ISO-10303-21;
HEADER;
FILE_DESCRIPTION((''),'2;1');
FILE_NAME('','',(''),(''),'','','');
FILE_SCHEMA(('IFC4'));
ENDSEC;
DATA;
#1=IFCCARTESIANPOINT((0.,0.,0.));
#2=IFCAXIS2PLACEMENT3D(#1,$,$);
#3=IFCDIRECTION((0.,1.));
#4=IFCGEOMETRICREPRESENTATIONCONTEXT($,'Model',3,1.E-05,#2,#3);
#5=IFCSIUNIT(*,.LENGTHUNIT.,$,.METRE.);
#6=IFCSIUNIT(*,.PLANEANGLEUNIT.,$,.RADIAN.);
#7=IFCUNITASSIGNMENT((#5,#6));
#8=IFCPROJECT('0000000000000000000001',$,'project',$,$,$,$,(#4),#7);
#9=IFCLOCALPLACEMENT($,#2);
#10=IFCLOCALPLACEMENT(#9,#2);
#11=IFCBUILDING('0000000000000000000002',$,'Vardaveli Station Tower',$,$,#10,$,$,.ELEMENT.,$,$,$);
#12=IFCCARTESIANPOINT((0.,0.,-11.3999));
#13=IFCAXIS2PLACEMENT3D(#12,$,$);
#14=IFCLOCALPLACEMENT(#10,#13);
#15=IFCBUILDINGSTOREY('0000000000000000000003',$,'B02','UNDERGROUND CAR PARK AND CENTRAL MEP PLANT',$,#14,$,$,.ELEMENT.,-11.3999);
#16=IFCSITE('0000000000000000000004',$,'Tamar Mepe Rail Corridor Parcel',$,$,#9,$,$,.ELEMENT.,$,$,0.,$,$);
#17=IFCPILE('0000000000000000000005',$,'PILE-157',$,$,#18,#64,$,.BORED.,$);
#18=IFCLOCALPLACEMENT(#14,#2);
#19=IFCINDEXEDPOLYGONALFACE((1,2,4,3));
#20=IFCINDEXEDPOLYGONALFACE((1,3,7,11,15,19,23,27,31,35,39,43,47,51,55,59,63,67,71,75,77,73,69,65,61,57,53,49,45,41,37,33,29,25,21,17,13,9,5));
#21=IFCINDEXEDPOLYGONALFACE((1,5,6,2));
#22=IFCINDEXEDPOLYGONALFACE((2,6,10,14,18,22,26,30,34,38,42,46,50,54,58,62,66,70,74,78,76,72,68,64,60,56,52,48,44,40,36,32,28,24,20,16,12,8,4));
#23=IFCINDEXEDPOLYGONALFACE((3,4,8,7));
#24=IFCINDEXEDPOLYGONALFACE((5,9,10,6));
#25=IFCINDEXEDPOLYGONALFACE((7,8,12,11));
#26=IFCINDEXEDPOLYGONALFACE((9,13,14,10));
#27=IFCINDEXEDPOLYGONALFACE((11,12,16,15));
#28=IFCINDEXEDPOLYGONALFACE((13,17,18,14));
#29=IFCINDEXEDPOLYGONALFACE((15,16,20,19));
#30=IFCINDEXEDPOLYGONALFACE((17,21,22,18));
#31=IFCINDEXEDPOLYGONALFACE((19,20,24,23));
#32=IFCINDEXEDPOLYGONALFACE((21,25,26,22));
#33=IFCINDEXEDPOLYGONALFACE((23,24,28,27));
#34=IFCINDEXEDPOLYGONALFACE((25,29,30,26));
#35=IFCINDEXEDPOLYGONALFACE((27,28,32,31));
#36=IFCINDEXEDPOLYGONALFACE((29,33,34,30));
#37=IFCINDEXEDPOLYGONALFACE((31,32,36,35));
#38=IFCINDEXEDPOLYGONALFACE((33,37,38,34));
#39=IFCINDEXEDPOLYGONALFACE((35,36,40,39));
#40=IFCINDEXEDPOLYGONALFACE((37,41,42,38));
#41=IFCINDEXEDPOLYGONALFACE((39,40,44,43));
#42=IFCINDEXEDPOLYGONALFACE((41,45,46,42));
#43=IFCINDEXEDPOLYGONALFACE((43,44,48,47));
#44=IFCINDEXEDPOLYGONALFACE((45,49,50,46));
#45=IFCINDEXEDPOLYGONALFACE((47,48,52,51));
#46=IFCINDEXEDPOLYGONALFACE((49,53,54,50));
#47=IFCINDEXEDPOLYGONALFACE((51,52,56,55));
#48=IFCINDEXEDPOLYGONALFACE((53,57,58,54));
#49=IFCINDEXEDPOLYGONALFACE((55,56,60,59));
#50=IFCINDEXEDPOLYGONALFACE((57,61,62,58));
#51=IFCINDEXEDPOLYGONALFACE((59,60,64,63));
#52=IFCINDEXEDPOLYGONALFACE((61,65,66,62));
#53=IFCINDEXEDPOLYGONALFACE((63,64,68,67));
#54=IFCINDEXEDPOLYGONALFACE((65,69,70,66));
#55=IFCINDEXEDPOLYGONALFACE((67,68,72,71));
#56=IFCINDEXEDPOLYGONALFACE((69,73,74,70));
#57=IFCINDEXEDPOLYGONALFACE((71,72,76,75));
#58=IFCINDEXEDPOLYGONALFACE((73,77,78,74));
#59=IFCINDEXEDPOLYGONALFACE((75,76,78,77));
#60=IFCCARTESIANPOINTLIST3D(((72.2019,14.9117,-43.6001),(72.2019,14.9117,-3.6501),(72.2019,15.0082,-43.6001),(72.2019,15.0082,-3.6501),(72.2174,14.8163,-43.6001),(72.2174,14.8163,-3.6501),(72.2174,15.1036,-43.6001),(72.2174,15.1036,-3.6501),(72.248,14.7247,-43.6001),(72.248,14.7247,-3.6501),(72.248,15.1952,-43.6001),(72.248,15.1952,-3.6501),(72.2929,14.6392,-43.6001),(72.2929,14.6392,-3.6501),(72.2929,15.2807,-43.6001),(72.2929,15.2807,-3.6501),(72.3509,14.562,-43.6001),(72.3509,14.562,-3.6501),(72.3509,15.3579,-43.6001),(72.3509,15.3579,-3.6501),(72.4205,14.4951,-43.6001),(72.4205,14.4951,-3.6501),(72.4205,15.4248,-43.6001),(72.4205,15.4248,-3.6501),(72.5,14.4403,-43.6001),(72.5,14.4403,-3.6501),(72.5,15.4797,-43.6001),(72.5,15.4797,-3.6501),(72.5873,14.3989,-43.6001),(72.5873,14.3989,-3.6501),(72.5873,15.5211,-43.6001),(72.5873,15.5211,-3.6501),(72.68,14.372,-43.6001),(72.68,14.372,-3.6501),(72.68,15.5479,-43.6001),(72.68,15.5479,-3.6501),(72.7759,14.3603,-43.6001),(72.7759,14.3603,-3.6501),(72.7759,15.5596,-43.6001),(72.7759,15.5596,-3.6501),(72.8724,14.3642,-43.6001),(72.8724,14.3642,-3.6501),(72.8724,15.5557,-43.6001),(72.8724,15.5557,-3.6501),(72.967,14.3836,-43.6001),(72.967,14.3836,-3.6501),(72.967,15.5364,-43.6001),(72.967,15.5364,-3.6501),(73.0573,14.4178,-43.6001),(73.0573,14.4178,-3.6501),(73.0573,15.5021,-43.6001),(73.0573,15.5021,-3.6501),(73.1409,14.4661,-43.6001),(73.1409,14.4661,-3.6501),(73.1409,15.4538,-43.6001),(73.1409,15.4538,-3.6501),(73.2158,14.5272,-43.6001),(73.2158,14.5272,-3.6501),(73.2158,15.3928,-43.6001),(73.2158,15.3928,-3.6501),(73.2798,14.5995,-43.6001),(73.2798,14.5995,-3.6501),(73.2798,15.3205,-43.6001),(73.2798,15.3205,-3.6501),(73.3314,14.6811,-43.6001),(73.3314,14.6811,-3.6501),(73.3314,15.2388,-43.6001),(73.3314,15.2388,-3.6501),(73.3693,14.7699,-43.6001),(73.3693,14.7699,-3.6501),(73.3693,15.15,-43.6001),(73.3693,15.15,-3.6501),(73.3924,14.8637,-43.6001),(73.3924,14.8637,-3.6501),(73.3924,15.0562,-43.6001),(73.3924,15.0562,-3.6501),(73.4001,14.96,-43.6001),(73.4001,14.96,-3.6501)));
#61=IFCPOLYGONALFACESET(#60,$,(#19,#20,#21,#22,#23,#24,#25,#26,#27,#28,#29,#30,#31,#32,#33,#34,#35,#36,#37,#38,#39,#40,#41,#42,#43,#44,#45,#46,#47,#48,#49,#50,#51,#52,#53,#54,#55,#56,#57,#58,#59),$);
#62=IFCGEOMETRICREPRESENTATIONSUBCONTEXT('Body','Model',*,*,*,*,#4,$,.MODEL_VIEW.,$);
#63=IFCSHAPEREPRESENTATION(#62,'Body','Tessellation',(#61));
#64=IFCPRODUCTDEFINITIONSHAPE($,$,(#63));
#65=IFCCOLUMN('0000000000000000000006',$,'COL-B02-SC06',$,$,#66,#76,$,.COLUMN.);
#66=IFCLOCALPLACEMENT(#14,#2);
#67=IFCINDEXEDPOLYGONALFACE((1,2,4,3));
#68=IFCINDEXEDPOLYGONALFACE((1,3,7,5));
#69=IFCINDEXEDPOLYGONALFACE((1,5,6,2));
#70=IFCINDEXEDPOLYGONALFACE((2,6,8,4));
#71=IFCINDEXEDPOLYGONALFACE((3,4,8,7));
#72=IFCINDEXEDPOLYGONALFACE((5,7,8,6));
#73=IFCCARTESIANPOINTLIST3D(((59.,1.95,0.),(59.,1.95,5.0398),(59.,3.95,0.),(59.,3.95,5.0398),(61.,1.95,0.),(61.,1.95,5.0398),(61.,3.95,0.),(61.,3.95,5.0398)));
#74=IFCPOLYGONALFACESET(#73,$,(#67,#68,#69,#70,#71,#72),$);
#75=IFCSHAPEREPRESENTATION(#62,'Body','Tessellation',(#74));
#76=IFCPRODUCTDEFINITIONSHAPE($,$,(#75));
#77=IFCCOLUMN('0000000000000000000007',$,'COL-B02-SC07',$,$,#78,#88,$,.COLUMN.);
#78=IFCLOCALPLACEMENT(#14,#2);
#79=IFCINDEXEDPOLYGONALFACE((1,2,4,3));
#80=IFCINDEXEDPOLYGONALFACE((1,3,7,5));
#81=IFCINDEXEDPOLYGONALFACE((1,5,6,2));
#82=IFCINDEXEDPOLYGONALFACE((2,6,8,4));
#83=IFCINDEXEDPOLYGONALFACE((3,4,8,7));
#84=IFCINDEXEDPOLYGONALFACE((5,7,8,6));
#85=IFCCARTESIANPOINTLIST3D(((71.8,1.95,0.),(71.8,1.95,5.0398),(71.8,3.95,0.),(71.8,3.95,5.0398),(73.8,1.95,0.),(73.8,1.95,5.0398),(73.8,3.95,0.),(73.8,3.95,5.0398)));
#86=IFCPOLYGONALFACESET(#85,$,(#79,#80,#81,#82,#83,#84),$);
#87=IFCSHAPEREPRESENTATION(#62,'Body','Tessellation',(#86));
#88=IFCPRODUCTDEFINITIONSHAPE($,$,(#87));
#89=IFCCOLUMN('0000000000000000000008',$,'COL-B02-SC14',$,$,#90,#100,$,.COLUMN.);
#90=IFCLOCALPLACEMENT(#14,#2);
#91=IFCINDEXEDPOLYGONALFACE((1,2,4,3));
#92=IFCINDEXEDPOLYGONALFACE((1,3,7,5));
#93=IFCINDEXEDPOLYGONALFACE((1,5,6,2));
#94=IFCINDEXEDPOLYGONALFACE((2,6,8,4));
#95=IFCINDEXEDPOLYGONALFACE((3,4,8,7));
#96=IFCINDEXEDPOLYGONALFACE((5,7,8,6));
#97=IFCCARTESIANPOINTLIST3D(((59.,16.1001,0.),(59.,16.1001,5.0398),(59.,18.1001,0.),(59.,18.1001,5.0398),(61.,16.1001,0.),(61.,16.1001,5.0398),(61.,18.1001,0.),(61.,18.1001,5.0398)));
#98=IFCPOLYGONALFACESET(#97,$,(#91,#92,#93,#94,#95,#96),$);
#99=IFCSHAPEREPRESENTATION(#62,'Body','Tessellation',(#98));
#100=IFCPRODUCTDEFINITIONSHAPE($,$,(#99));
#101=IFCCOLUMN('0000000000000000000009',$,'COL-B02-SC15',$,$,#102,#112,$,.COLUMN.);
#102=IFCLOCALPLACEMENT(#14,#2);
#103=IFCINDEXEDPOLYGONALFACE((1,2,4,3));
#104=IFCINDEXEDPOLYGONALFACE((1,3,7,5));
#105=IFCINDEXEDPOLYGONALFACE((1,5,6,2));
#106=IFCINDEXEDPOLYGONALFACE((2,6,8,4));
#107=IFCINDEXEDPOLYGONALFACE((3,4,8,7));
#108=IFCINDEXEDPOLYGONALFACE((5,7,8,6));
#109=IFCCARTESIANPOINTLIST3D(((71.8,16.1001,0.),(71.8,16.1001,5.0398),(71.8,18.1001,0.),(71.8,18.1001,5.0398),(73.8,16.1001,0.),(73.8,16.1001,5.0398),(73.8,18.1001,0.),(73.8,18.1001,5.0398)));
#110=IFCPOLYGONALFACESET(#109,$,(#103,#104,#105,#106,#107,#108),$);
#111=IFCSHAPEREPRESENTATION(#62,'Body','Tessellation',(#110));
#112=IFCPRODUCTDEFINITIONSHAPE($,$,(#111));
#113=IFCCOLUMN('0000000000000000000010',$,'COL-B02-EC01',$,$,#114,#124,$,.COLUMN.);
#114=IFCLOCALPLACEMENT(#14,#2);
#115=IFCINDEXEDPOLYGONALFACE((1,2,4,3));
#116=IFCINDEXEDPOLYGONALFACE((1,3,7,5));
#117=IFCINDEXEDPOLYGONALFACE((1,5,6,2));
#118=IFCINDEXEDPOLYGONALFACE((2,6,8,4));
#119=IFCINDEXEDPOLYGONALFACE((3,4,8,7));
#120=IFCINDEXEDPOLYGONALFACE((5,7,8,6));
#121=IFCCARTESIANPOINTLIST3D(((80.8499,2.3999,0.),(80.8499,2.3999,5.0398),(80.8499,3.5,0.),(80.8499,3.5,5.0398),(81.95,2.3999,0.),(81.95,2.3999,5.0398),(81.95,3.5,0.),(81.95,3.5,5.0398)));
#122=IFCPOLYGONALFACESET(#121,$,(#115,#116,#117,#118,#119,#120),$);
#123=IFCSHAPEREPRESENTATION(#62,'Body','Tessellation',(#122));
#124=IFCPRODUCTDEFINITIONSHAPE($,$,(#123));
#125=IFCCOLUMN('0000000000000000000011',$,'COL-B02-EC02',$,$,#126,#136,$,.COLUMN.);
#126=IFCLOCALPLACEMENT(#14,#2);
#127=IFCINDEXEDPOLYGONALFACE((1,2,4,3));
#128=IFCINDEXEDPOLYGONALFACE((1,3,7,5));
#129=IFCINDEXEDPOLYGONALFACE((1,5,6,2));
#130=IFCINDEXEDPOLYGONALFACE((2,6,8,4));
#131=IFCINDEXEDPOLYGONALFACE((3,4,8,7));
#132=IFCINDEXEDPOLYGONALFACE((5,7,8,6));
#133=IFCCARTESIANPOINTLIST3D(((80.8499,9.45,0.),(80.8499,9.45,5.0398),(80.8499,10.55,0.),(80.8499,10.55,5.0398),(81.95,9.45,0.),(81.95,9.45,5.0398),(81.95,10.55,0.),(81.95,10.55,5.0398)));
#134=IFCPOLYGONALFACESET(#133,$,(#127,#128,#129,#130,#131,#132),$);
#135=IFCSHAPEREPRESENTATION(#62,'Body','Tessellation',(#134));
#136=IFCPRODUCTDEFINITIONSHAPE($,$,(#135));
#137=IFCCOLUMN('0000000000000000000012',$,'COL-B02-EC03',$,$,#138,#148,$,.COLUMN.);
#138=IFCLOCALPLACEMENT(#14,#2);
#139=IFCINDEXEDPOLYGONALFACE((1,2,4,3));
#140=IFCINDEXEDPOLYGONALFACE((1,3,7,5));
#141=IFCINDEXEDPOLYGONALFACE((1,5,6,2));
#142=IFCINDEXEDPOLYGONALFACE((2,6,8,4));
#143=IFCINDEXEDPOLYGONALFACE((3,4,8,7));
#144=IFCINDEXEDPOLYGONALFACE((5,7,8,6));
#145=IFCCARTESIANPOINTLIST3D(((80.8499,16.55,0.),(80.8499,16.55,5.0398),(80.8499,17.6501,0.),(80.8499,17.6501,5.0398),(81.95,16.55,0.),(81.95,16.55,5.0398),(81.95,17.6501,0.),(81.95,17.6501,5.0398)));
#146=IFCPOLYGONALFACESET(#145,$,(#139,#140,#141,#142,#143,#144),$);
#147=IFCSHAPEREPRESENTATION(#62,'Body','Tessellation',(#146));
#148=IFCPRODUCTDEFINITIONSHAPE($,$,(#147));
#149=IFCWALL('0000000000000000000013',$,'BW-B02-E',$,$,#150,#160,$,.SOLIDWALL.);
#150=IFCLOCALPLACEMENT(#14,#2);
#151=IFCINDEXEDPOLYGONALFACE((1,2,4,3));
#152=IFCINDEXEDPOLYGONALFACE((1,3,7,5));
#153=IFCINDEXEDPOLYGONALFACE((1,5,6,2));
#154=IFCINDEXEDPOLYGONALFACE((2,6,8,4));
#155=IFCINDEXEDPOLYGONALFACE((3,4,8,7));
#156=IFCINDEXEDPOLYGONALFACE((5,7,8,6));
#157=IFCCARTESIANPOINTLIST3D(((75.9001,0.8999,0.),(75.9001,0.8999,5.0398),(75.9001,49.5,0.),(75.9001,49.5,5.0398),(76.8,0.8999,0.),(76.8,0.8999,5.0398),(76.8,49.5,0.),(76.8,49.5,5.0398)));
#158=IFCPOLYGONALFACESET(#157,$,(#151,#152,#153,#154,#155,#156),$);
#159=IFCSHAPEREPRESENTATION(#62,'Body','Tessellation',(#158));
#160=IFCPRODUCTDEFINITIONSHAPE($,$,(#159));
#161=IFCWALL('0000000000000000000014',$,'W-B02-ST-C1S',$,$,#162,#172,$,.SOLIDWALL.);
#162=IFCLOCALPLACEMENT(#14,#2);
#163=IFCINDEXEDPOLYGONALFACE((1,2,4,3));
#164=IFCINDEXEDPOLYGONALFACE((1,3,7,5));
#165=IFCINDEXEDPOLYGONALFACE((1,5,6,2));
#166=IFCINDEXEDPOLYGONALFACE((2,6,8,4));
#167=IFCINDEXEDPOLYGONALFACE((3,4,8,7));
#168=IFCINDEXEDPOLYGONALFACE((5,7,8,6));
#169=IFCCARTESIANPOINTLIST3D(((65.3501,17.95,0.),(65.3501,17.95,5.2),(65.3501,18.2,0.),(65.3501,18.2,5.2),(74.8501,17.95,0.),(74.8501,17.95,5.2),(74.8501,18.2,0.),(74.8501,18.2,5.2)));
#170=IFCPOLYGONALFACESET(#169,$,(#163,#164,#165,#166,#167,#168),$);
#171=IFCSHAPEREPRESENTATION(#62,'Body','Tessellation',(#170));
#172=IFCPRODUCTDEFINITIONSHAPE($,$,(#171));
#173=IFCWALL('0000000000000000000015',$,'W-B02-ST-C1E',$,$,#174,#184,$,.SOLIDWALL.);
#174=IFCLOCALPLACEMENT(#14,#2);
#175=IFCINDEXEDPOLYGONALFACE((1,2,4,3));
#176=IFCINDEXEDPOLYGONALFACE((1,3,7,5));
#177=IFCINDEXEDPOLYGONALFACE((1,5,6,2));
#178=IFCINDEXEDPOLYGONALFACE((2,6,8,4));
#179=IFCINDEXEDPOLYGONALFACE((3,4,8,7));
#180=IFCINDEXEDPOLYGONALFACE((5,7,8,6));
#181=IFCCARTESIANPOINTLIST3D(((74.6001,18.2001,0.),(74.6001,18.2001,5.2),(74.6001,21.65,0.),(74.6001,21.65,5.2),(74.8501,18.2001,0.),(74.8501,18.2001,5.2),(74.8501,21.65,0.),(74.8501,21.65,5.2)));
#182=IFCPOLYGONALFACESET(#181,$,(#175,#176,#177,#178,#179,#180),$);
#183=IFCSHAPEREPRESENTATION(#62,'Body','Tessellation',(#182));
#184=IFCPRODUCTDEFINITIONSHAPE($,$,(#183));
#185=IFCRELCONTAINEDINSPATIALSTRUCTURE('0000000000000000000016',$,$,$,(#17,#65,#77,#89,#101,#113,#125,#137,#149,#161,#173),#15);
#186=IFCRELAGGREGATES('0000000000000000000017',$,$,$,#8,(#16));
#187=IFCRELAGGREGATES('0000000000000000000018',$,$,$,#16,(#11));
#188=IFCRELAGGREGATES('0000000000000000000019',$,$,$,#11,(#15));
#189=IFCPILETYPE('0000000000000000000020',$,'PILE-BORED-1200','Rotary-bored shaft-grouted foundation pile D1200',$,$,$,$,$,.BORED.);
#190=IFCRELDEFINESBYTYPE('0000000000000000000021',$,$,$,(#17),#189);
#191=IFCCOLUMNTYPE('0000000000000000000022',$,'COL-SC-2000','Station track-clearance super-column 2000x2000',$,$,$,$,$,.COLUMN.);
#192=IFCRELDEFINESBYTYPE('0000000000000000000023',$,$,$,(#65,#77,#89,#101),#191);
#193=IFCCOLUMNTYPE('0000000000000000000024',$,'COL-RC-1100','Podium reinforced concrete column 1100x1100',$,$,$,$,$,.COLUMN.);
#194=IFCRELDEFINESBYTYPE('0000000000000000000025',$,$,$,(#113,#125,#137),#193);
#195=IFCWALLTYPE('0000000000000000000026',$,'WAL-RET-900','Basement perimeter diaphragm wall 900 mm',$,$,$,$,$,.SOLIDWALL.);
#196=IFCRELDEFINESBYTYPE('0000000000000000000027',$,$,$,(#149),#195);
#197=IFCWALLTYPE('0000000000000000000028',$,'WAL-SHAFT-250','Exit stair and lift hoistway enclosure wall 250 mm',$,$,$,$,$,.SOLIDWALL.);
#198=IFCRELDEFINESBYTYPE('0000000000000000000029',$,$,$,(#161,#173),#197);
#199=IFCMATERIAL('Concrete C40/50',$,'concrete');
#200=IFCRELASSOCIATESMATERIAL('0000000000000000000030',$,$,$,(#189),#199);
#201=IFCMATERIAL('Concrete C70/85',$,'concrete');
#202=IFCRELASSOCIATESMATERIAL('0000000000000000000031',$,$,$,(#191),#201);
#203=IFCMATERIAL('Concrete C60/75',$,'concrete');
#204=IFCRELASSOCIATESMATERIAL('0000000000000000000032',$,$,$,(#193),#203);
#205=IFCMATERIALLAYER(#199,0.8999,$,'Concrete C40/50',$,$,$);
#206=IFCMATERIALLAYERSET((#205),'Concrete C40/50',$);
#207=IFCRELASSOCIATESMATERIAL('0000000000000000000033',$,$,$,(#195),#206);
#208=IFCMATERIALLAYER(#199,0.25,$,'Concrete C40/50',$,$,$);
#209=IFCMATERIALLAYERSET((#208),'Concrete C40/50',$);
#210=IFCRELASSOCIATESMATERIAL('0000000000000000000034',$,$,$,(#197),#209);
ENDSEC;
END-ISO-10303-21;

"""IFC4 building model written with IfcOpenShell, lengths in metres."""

from ifc_helpers import new_model, si_unit, direction, frame, frame_2d, origin, origin_2d, place, context, subcontext, project, spatial, rectangle, circle, extrude, source, transform, mapped, material, layer, layer_set, material_profile, profile_set, type_object, element, save


model = new_model("IFC4")

# Units and contexts
model_context = context("Model", 3, precision=1e-05, world=origin(), true_north=direction((0.0, 1.0)))
body_context = subcontext(model_context, "Body", "Model", "MODEL_VIEW")
ifc_project = project(units=[si_unit("LENGTHUNIT", "METRE"), si_unit("PLANEANGLEUNIT", "RADIAN")], contexts=[model_context])

# Site, building, storey
site_placement = place(None, origin())
site = spatial("IfcSite", under=ifc_project, at=site_placement, Name="Tamar Mepe Rail Corridor Parcel", CompositionType="ELEMENT", RefElevation=0.0)
building_placement = place(site_placement, origin())
building = spatial("IfcBuilding", under=site, at=building_placement, Name="Vardaveli Station Tower", CompositionType="ELEMENT")
storey_placement = place(building_placement, frame((0.0, 0.0, -11.3999)))
storey = spatial("IfcBuildingStorey", under=building, at=storey_placement, Name="B02", Description="UNDERGROUND CAR PARK AND CENTRAL MEP PLANT", CompositionType="ELEMENT", Elevation=-11.3999)

# Pile
ifc_material_1 = material(Name="Concrete C40/50", Category="concrete")
ifc_material_profile_1 = material_profile(ifc_material_1, circle(Radius=0.6001, at=origin_2d()), Name="PILE D1200")
ifc_profile_set_1 = profile_set([ifc_material_profile_1], Name="Concrete C40/50")
pile_type_1 = type_object("IfcPileType", Name="PILE-BORED-1200", Description="Rotary-bored shaft-grouted foundation pile D1200", PredefinedType="BORED", material=ifc_profile_set_1)
shared_shape_1 = source(origin(), body_context, "Body", "SweptSolid", [
    extrude(circle(Radius=0.6001, at=origin_2d()), origin(), (0.0, 0.0, 1.0), 39.95),
])
for number, where, z_axis, x_axis, name in (
    (1, (72.8, 14.96, -3.6501), (0.0, 0.0, -1.0), (1.0, 0.0, 0.0), "PILE-157"),
):
    element("IfcPile", number, at=place(storey_placement, frame(where, z_axis=z_axis, x_axis=x_axis)), inside=storey, type_object=pile_type_1, Name=name, PredefinedType="BORED", context=body_context, shape_type="MappedRepresentation", body=[
        mapped(shared_shape_1, transform((0.0, 0.0, 0.0), scale=1.0)),
    ])

# Columns
ifc_material_2 = material(Name="Concrete C70/85", Category="concrete")
ifc_material_profile_2 = material_profile(ifc_material_2, rectangle(XDim=2.0, YDim=2.0, at=origin_2d()), Name="SC 2000x2000")
ifc_profile_set_2 = profile_set([ifc_material_profile_2], Name="Concrete C70/85")
column_type_1 = type_object("IfcColumnType", Name="COL-SC-2000", Description="Station track-clearance super-column 2000x2000", PredefinedType="COLUMN", material=ifc_profile_set_2)
shared_shape_2 = source(origin(), body_context, "Body", "SweptSolid", [
    extrude(rectangle(XDim=2.0, YDim=2.0, at=origin_2d()), origin(), (0.0, 0.0, 1.0), 5.0398),
])
for number, where, z_axis, x_axis, name in (
    (2, (60.0, 2.95, 0.0), (0.0, 0.0, 1.0), (1.0, 0.0, 0.0), "COL-B02-SC06"),
    (3, (72.8, 2.95, 0.0), (0.0, 0.0, 1.0), (1.0, 0.0, 0.0), "COL-B02-SC07"),
    (4, (60.0, 17.1001, 0.0), (0.0, 0.0, 1.0), (1.0, 0.0, 0.0), "COL-B02-SC14"),
    (5, (72.8, 17.1001, 0.0), (0.0, 0.0, 1.0), (1.0, 0.0, 0.0), "COL-B02-SC15"),
):
    element("IfcColumn", number, at=place(storey_placement, frame(where, z_axis=z_axis, x_axis=x_axis)), inside=storey, type_object=column_type_1, Name=name, PredefinedType="COLUMN", context=body_context, shape_type="MappedRepresentation", body=[
        mapped(shared_shape_2, transform((0.0, 0.0, 0.0), scale=1.0)),
    ])
ifc_material_3 = material(Name="Concrete C60/75", Category="concrete")
ifc_material_profile_3 = material_profile(ifc_material_3, rectangle(XDim=1.1001, YDim=1.1001, at=origin_2d()), Name="RC 1100x1100")
ifc_profile_set_3 = profile_set([ifc_material_profile_3], Name="Concrete C60/75")
column_type_2 = type_object("IfcColumnType", Name="COL-RC-1100", Description="Podium reinforced concrete column 1100x1100", PredefinedType="COLUMN", material=ifc_profile_set_3)
shared_shape_3 = source(origin(), body_context, "Body", "SweptSolid", [
    extrude(rectangle(XDim=1.1001, YDim=1.1001, at=origin_2d()), origin(), (0.0, 0.0, 1.0), 5.0398),
])
for number, where, z_axis, x_axis, name in (
    (6, (81.3999, 2.95, 0.0), (0.0, 0.0, 1.0), (1.0, 0.0, 0.0), "COL-B02-EC01"),
    (7, (81.3999, 10.0, 0.0), (0.0, 0.0, 1.0), (1.0, 0.0, 0.0), "COL-B02-EC02"),
    (8, (81.3999, 17.1001, 0.0), (0.0, 0.0, 1.0), (1.0, 0.0, 0.0), "COL-B02-EC03"),
):
    element("IfcColumn", number, at=place(storey_placement, frame(where, z_axis=z_axis, x_axis=x_axis)), inside=storey, type_object=column_type_2, Name=name, PredefinedType="COLUMN", context=body_context, shape_type="MappedRepresentation", body=[
        mapped(shared_shape_3, transform((0.0, 0.0, 0.0), scale=1.0)),
    ])

# Walls
ifc_layer_1 = layer(ifc_material_1, 0.8999, Name="Concrete C40/50")
ifc_layer_set_1 = layer_set([ifc_layer_1], Name="Concrete C40/50")
wall_type_1 = type_object("IfcWallType", Name="WAL-RET-900", Description="Basement perimeter diaphragm wall 900 mm", PredefinedType="SOLIDWALL", material=ifc_layer_set_1)
shared_shape_4 = source(origin(), body_context, "Body", "SweptSolid", [
    extrude(rectangle(XDim=48.6001, YDim=0.8999, at=frame_2d((24.3, 0.0))), origin(), (0.0, 0.0, 1.0), 5.0398),
])
wall_1_placement = place(storey_placement, frame((76.3501, 0.8999, 0.0), z_axis=(0.0, 0.0, 1.0), x_axis=(0.0, 1.0, 0.0)))
element("IfcWall", 9, at=wall_1_placement, inside=storey, type_object=wall_type_1, Name="BW-B02-E", PredefinedType="SOLIDWALL", context=body_context, shape_type="MappedRepresentation", body=[
    mapped(shared_shape_4, transform((0.0, 0.0, 0.0), scale=1.0)),
])
ifc_layer_2 = layer(ifc_material_1, 0.25, Name="Concrete C40/50")
ifc_layer_set_2 = layer_set([ifc_layer_2], Name="Concrete C40/50")
wall_type_2 = type_object("IfcWallType", Name="WAL-SHAFT-250", Description="Exit stair and lift hoistway enclosure wall 250 mm", PredefinedType="SOLIDWALL", material=ifc_layer_set_2)
shared_shape_5 = source(origin(), body_context, "Body", "SweptSolid", [
    extrude(rectangle(XDim=9.5, YDim=0.25, at=frame_2d((4.75, 0.0))), origin(), (0.0, 0.0, 1.0), 5.2),
])
wall_2_placement = place(storey_placement, frame((65.3501, 18.075, 0.0), z_axis=(0.0, 0.0, 1.0), x_axis=(1.0, 0.0, 0.0)))
element("IfcWall", 10, at=wall_2_placement, inside=storey, type_object=wall_type_2, Name="W-B02-ST-C1S", PredefinedType="SOLIDWALL", context=body_context, shape_type="MappedRepresentation", body=[
    mapped(shared_shape_5, transform((0.0, 0.0, 0.0), scale=1.0)),
])
shared_shape_6 = source(origin(), body_context, "Body", "SweptSolid", [
    extrude(rectangle(XDim=3.45, YDim=0.25, at=frame_2d((1.7251, 0.0))), origin(), (0.0, 0.0, 1.0), 5.2),
])
wall_3_placement = place(storey_placement, frame((74.7251, 18.2, 0.0), z_axis=(0.0, 0.0, 1.0), x_axis=(0.0, 1.0, 0.0)))
element("IfcWall", 11, at=wall_3_placement, inside=storey, type_object=wall_type_2, Name="W-B02-ST-C1E", PredefinedType="SOLIDWALL", context=body_context, shape_type="MappedRepresentation", body=[
    mapped(shared_shape_6, transform((0.0, 0.0, 0.0), scale=1.0)),
])

save(model, "model.ifc")
